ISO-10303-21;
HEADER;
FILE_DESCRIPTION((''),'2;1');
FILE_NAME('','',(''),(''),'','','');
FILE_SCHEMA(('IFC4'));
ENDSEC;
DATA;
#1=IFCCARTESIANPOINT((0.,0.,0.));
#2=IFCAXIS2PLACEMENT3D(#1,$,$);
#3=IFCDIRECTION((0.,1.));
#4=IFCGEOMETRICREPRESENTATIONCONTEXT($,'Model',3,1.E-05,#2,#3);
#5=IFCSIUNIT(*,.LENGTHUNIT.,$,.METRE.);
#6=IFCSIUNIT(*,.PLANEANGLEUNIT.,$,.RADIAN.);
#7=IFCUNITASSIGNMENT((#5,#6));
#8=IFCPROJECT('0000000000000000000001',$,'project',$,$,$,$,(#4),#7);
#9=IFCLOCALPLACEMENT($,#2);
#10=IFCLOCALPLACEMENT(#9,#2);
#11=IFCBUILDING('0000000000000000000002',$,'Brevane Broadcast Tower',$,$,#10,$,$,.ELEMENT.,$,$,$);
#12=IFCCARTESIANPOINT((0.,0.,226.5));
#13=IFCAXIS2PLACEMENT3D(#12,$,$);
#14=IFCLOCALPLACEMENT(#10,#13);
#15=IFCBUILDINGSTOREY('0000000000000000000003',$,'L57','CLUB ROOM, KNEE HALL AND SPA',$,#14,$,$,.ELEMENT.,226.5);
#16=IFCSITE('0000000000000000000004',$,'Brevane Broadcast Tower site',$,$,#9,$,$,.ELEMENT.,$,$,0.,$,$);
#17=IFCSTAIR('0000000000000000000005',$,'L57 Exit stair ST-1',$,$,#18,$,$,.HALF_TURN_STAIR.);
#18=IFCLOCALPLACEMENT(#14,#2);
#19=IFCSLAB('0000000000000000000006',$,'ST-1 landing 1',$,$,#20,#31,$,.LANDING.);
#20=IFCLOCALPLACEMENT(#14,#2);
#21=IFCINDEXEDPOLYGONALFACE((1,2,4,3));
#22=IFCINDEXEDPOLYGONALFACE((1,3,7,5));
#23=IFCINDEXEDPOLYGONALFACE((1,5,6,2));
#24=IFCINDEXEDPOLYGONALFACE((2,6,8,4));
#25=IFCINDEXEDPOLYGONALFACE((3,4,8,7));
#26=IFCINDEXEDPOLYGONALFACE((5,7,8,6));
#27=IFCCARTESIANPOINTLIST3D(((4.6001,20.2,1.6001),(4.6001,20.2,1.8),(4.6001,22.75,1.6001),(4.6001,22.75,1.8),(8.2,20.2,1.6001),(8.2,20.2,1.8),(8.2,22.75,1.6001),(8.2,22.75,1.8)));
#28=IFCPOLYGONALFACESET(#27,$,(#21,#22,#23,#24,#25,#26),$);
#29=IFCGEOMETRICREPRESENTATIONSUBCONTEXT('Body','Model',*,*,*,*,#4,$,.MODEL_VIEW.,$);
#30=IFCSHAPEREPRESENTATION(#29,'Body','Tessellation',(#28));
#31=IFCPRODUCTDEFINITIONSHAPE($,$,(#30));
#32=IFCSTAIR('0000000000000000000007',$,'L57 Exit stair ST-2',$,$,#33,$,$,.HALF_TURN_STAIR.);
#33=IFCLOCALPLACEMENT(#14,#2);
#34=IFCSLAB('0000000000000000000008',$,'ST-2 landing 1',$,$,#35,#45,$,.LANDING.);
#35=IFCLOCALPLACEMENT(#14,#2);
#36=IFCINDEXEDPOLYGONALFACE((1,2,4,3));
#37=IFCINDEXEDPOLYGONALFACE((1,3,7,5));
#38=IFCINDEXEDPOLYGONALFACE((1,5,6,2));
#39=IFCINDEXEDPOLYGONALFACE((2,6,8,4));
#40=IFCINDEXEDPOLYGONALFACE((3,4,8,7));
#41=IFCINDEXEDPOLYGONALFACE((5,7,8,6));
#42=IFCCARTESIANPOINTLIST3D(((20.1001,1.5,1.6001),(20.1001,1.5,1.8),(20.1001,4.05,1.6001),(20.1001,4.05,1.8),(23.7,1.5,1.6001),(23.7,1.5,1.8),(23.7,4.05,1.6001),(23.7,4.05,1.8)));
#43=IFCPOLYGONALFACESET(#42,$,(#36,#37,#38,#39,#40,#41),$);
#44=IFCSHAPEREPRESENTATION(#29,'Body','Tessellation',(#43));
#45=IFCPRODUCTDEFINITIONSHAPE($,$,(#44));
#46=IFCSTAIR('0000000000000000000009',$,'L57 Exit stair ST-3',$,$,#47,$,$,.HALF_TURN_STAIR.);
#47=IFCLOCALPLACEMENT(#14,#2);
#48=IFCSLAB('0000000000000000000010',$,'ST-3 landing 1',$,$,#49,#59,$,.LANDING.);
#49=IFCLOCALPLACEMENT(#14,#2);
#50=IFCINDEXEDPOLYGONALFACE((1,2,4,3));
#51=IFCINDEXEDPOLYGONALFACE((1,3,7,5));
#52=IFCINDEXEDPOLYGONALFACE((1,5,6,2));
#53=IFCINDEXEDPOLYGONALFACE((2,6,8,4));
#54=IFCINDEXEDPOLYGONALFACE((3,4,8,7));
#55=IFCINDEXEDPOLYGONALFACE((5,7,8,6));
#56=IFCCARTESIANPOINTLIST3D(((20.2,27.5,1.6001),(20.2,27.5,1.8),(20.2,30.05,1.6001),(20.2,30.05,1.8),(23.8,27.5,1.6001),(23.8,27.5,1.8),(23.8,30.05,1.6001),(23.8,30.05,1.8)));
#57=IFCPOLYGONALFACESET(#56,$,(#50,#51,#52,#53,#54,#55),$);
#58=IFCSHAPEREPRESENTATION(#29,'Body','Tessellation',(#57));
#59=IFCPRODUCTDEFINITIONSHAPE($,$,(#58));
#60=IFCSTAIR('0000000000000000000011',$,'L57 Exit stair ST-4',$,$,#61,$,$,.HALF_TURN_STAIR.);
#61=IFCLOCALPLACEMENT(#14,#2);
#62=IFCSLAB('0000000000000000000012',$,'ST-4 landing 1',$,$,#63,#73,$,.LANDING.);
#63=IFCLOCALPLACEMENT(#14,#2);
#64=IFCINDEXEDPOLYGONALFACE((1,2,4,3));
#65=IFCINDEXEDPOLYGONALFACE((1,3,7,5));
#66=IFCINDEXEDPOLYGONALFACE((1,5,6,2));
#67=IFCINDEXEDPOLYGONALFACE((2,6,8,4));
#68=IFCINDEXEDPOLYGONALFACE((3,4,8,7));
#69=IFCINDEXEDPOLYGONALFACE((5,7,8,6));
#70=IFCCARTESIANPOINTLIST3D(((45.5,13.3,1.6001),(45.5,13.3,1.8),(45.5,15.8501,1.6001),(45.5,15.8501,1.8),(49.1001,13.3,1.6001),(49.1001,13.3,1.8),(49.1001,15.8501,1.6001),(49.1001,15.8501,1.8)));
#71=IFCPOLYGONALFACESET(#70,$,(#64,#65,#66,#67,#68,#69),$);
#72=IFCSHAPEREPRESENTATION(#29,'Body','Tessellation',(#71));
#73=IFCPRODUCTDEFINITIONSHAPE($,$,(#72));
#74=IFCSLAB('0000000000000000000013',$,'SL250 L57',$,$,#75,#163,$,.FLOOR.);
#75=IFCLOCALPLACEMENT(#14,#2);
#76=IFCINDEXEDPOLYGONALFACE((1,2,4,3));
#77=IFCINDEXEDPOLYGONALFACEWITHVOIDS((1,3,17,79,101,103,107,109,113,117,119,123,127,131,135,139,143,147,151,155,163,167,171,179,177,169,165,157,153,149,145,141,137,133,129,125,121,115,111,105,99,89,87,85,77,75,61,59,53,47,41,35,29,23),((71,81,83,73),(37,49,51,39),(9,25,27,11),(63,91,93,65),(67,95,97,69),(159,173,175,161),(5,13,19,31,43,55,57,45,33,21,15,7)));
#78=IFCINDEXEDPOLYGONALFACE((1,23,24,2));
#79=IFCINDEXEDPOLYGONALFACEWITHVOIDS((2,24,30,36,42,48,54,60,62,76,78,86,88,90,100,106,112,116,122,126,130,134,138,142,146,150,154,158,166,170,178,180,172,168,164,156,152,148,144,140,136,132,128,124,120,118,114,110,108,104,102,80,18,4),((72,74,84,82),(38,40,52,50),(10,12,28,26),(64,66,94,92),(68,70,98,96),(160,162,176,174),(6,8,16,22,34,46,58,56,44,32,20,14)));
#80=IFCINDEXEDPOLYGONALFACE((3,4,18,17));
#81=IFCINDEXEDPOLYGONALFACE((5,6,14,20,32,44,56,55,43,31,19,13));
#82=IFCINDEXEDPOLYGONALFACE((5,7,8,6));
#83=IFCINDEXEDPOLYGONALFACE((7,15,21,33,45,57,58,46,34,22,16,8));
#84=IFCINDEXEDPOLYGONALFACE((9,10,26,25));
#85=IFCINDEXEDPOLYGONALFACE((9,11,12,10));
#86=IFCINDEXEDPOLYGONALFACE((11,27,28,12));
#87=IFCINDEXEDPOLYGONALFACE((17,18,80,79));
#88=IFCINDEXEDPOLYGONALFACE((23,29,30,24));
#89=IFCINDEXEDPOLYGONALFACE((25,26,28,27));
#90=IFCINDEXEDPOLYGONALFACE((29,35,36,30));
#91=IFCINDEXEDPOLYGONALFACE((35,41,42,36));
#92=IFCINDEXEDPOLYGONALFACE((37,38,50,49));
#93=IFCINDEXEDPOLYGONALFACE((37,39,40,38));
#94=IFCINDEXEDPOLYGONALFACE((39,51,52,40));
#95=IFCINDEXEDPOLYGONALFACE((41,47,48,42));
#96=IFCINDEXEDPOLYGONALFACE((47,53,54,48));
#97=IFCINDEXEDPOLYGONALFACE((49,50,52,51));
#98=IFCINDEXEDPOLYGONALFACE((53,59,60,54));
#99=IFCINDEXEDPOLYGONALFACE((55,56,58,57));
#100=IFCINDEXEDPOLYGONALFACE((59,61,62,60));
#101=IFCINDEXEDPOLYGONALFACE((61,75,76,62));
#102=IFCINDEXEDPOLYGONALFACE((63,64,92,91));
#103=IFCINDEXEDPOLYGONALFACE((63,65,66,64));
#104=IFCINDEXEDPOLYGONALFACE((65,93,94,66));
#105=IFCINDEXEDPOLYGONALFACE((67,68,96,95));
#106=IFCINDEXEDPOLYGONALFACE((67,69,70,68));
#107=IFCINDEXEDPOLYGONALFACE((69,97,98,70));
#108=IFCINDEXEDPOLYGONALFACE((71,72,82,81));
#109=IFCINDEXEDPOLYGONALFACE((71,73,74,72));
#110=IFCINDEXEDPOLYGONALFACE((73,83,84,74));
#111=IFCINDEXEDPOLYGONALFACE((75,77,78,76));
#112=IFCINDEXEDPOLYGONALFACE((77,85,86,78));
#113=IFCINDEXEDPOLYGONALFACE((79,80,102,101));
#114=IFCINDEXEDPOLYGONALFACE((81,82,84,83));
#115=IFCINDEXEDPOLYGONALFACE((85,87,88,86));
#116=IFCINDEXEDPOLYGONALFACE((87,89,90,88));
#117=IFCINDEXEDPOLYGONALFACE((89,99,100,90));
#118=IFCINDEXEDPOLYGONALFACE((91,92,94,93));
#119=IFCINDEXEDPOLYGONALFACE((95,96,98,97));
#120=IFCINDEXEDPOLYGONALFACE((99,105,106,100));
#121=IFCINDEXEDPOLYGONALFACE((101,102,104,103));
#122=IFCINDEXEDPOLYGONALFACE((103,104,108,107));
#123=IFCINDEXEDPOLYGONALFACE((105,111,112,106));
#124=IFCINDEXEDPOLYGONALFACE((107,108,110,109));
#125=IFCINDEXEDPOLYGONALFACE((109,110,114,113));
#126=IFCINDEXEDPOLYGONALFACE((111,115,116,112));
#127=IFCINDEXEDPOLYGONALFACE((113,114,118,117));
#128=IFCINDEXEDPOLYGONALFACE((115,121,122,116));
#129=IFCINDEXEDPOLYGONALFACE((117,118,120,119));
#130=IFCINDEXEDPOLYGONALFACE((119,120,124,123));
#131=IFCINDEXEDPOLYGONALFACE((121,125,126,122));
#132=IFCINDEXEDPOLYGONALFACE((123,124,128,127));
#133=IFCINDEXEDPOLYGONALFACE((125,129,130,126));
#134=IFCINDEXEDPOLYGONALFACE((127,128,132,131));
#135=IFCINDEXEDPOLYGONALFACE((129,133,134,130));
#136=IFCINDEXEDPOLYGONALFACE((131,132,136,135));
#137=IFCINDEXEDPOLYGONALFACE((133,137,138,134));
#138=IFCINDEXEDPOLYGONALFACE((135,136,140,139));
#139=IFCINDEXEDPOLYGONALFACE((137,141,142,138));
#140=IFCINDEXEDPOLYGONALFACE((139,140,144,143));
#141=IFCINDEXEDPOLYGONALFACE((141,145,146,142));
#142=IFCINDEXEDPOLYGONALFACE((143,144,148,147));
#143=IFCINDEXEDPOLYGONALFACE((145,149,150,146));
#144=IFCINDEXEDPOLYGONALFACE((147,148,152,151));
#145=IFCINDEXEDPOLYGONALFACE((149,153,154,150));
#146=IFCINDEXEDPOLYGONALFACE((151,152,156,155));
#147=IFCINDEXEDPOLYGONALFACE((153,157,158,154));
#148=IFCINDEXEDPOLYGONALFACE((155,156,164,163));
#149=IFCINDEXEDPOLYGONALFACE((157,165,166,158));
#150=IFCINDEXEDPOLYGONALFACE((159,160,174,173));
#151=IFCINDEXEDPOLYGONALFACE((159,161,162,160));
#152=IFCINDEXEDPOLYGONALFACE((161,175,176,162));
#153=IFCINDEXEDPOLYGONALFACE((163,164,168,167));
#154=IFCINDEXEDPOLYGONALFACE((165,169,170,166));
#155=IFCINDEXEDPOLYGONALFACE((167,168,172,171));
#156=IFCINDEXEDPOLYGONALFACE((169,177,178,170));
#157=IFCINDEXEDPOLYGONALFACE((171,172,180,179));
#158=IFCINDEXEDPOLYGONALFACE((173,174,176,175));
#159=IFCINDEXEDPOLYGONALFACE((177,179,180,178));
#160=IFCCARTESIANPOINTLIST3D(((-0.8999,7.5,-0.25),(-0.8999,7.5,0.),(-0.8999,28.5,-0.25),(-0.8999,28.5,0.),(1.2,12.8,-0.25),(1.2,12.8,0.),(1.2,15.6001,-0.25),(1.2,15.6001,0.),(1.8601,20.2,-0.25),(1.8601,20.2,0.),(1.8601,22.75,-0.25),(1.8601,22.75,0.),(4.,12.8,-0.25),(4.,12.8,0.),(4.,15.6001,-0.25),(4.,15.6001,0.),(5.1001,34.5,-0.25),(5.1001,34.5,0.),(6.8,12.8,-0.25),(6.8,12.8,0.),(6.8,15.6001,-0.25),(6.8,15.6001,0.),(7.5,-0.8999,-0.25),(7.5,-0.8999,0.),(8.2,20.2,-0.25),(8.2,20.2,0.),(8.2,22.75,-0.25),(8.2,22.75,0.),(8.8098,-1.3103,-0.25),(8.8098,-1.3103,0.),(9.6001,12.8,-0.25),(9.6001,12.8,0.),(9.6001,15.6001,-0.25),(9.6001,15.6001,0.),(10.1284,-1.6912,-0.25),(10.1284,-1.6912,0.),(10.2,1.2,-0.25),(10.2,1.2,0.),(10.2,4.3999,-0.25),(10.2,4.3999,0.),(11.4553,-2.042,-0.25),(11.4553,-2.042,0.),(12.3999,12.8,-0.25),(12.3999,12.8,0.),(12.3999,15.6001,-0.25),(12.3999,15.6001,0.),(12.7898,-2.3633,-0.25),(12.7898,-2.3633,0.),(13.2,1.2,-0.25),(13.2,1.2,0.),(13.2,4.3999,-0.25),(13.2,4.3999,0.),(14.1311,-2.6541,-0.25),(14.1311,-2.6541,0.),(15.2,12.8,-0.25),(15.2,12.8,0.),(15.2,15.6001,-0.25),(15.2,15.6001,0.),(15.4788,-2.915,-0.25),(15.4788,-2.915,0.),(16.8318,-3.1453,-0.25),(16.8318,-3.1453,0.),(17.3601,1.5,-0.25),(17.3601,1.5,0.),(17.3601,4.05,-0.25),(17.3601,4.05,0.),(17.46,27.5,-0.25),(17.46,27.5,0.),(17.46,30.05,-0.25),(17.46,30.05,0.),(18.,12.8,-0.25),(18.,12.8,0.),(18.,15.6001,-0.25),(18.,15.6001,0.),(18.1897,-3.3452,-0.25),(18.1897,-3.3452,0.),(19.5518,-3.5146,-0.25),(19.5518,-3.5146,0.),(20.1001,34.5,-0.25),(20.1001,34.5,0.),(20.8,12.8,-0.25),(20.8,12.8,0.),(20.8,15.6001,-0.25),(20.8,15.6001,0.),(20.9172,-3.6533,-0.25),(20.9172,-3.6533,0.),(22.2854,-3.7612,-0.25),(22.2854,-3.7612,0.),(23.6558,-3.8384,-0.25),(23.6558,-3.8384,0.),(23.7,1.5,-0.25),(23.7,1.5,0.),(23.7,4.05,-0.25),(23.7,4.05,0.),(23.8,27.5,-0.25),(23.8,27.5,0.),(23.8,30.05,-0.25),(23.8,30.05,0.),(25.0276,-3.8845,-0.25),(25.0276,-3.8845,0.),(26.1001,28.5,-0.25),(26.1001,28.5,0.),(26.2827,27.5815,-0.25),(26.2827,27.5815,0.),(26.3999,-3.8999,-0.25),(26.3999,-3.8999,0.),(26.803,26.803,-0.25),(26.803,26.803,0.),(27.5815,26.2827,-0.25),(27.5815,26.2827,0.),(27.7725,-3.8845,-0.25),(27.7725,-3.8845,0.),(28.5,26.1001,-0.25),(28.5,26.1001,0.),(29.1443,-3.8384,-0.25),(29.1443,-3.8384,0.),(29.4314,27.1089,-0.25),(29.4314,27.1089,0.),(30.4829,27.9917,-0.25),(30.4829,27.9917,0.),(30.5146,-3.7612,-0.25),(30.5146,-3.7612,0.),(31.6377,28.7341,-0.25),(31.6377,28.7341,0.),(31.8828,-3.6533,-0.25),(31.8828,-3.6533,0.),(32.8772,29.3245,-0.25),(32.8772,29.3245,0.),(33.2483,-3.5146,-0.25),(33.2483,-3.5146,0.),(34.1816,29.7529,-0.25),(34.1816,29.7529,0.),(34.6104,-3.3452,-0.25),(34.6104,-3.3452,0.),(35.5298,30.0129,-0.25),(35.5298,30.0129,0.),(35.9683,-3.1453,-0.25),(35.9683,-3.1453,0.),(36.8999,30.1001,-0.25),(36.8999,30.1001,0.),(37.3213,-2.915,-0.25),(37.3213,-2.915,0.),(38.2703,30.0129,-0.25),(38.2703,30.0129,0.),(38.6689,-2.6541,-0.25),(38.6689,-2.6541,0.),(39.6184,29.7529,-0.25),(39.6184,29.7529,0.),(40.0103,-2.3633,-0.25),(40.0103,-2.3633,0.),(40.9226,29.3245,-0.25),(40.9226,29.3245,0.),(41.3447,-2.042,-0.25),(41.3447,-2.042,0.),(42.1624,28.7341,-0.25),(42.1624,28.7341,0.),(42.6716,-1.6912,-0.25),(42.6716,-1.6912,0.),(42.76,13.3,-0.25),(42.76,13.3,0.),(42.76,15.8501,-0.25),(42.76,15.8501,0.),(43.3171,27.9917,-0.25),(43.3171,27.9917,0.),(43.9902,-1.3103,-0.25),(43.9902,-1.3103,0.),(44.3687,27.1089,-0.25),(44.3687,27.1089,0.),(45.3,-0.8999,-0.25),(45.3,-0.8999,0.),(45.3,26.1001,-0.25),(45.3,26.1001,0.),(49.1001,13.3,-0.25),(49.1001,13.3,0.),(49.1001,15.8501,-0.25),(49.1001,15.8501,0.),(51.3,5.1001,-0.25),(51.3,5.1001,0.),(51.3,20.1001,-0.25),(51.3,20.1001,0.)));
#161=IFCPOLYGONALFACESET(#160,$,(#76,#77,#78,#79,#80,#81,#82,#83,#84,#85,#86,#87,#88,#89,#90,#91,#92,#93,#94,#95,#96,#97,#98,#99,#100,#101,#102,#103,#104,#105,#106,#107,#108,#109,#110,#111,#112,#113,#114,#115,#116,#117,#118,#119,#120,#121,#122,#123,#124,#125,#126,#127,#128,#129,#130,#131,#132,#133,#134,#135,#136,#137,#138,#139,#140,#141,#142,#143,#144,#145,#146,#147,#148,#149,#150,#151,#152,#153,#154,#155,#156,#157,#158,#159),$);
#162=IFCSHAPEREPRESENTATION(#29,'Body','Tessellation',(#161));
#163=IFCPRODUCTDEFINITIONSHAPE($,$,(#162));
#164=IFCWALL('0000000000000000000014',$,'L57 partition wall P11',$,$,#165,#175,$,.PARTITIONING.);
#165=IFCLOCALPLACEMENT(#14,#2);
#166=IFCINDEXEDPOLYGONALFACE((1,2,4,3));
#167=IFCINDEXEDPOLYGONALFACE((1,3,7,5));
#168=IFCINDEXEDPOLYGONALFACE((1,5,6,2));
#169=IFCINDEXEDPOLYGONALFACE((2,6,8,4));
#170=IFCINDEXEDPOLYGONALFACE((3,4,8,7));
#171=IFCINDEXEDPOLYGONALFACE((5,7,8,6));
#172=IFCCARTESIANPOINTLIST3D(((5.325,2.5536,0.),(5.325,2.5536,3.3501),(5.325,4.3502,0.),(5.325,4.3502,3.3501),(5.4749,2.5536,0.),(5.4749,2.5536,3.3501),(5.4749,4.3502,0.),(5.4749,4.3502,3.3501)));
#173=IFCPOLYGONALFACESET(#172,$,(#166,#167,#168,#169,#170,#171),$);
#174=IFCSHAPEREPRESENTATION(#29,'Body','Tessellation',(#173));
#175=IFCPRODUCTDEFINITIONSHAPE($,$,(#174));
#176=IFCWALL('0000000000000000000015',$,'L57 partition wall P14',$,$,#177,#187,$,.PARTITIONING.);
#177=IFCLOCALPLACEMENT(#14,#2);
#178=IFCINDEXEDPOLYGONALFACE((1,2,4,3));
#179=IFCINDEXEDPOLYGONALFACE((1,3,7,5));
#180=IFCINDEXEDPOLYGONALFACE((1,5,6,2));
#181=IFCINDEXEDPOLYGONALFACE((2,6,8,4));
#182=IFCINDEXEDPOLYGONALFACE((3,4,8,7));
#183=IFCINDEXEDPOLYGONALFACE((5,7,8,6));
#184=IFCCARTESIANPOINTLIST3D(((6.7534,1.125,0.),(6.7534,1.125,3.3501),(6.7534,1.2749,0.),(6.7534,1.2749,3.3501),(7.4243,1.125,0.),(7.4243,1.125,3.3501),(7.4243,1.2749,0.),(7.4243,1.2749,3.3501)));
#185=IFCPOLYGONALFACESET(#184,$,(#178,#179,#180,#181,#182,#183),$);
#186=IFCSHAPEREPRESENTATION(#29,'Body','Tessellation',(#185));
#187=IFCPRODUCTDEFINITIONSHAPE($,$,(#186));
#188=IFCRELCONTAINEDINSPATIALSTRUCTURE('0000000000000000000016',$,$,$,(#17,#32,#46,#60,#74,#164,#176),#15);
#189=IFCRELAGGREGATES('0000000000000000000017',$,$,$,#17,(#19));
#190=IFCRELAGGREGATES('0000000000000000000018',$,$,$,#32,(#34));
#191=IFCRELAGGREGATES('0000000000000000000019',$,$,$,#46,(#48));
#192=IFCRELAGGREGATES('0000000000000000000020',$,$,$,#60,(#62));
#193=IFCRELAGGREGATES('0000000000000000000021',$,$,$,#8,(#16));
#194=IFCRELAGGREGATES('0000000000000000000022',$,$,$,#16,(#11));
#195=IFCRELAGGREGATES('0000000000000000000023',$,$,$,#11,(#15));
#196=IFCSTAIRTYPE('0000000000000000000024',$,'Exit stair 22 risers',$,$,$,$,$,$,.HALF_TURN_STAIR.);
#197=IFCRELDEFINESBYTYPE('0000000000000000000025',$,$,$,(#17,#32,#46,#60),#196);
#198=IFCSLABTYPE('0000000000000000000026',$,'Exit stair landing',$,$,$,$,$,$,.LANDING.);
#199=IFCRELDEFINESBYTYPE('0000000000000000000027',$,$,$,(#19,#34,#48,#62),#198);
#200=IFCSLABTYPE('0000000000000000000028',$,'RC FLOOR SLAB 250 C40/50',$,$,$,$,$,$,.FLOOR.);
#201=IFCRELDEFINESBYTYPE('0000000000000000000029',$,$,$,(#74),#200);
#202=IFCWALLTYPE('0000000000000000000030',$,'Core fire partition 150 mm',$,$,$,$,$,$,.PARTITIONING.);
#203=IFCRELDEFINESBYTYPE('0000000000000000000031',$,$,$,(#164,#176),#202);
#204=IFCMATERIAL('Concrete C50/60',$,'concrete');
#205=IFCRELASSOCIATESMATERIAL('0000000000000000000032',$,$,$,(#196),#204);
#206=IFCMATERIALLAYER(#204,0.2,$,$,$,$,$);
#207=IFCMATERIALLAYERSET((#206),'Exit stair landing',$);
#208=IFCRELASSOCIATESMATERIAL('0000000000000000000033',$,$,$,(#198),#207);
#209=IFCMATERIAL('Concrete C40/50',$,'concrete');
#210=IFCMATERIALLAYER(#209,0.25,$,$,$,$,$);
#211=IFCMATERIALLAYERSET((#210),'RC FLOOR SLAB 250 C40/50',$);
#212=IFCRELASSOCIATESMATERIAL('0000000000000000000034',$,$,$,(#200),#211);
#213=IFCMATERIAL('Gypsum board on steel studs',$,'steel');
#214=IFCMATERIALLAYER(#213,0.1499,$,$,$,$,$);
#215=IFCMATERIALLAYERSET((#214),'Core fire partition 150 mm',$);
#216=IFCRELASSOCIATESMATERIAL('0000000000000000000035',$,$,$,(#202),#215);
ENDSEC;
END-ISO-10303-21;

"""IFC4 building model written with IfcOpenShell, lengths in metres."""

from ifc_helpers import new_model, si_unit, direction, frame, frame_2d, origin, place, context, subcontext, project, spatial, polyline, rectangle, outline, extrude, material, layer, layer_set, type_object, element, aggregate, save


model = new_model("IFC4")

# Units and contexts
model_context = context("Model", 3, precision=1e-05, world=origin(), true_north=direction((0.0, 1.0)))
body_context = subcontext(model_context, "Body", "Model", "MODEL_VIEW")
ifc_project = project(units=[si_unit("LENGTHUNIT", "METRE"), si_unit("PLANEANGLEUNIT", "RADIAN")], contexts=[model_context])

# Site, building, storey
site_placement = place(None, origin())
site = spatial("IfcSite", under=ifc_project, at=site_placement, Name="Brevane Broadcast Tower site", CompositionType="ELEMENT", RefElevation=0.0)
building_placement = place(site_placement, origin())
building = spatial("IfcBuilding", under=site, at=building_placement, Name="Brevane Broadcast Tower", CompositionType="ELEMENT")
storey_placement = place(building_placement, frame((0.0, 0.0, 226.5)))
storey = spatial("IfcBuildingStorey", under=building, at=storey_placement, Name="L57", Description="CLUB ROOM, KNEE HALL AND SPA", CompositionType="ELEMENT", Elevation=226.5)

# Stairs, slabs
ifc_material_1 = material(Name="Concrete C50/60", Category="concrete")
stair_type = type_object("IfcStairType", Name="Exit stair 22 risers", PredefinedType="HALF_TURN_STAIR", material=ifc_material_1)
stair_1_placement = place(storey_placement, origin())
stair_1 = element("IfcStair", 1, at=stair_1_placement, inside=storey, type_object=stair_type, Name="L57 Exit stair ST-1", PredefinedType="HALF_TURN_STAIR")
ifc_layer_1 = layer(ifc_material_1, 0.2)
ifc_layer_set_1 = layer_set([ifc_layer_1], Name="Exit stair landing")
slab_type_1 = type_object("IfcSlabType", Name="Exit stair landing", PredefinedType="LANDING", material=ifc_layer_set_1)
slab_1_placement = place(storey_placement, frame((0.0, 0.0, 1.6001)))
slab_1 = element("IfcSlab", 2, at=slab_1_placement, type_object=slab_type_1, Name="ST-1 landing 1", PredefinedType="LANDING", context=body_context, shape_type="SweptSolid", body=[
    extrude(outline(polyline([(4.6001, 20.2), (8.2, 20.2), (8.2, 22.75), (4.6001, 22.75), (4.6001, 20.2)])), origin(), (0.0, 0.0, 1.0), 0.2),
])
aggregate(stair_1, [slab_1])
stair_2_placement = place(storey_placement, origin())
stair_2 = element("IfcStair", 3, at=stair_2_placement, inside=storey, type_object=stair_type, Name="L57 Exit stair ST-2", PredefinedType="HALF_TURN_STAIR")
slab_2_placement = place(storey_placement, frame((0.0, 0.0, 1.6001)))
slab_2 = element("IfcSlab", 4, at=slab_2_placement, type_object=slab_type_1, Name="ST-2 landing 1", PredefinedType="LANDING", context=body_context, shape_type="SweptSolid", body=[
    extrude(outline(polyline([(20.1001, 1.5), (23.7, 1.5), (23.7, 4.05), (20.1001, 4.05), (20.1001, 1.5)])), origin(), (0.0, 0.0, 1.0), 0.2),
])
aggregate(stair_2, [slab_2])
stair_3_placement = place(storey_placement, origin())
stair_3 = element("IfcStair", 5, at=stair_3_placement, inside=storey, type_object=stair_type, Name="L57 Exit stair ST-3", PredefinedType="HALF_TURN_STAIR")
slab_3_placement = place(storey_placement, frame((0.0, 0.0, 1.6001)))
slab_3 = element("IfcSlab", 6, at=slab_3_placement, type_object=slab_type_1, Name="ST-3 landing 1", PredefinedType="LANDING", context=body_context, shape_type="SweptSolid", body=[
    extrude(outline(polyline([(20.2, 27.5), (23.8, 27.5), (23.8, 30.05), (20.2, 30.05), (20.2, 27.5)])), origin(), (0.0, 0.0, 1.0), 0.2),
])
aggregate(stair_3, [slab_3])
stair_4_placement = place(storey_placement, origin())
stair_4 = element("IfcStair", 7, at=stair_4_placement, inside=storey, type_object=stair_type, Name="L57 Exit stair ST-4", PredefinedType="HALF_TURN_STAIR")
slab_4_placement = place(storey_placement, frame((0.0, 0.0, 1.6001)))
slab_4 = element("IfcSlab", 8, at=slab_4_placement, type_object=slab_type_1, Name="ST-4 landing 1", PredefinedType="LANDING", context=body_context, shape_type="SweptSolid", body=[
    extrude(outline(polyline([(45.5, 13.3), (49.1001, 13.3), (49.1001, 15.8501), (45.5, 15.8501), (45.5, 13.3)])), origin(), (0.0, 0.0, 1.0), 0.2),
])
aggregate(stair_4, [slab_4])

# Slab
ifc_material_2 = material(Name="Concrete C40/50", Category="concrete")
ifc_layer_2 = layer(ifc_material_2, 0.25)
ifc_layer_set_2 = layer_set([ifc_layer_2], Name="RC FLOOR SLAB 250 C40/50")
slab_type_2 = type_object("IfcSlabType", Name="RC FLOOR SLAB 250 C40/50", PredefinedType="FLOOR", material=ifc_layer_set_2)
slab_5_placement = place(storey_placement, frame((0.0, 0.0, -0.25)))
element("IfcSlab", 9, at=slab_5_placement, inside=storey, type_object=slab_type_2, Name="SL250 L57", PredefinedType="FLOOR", context=body_context, shape_type="SweptSolid", body=[
    extrude(outline(polyline([(-0.8999, 7.5), (-0.8999, 28.5), (5.1001, 34.5), (20.1001, 34.5), (26.1001, 28.5), (26.2827, 27.5815), (26.803, 26.803), (27.5815, 26.2827), (28.5, 26.1001), (29.4314, 27.1089), (30.4829, 27.9917), (31.6377, 28.7341), (32.8772, 29.3245), (34.1816, 29.7529), (35.5298, 30.0129), (36.8999, 30.1001), (38.2703, 30.0129), (39.6184, 29.7529), (40.9226, 29.3245), (42.1624, 28.7341), (43.3171, 27.9917), (44.3687, 27.1089), (45.3, 26.1001), (51.3, 20.1001), (51.3, 5.1001), (45.3, -0.8999), (43.9902, -1.3103), (42.6716, -1.6912), (41.3447, -2.042), (40.0103, -2.3633), (38.6689, -2.6541), (37.3213, -2.915), (35.9683, -3.1453), (34.6104, -3.3452), (33.2483, -3.5146), (31.8828, -3.6533), (30.5146, -3.7612), (29.1443, -3.8384), (27.7725, -3.8845), (26.3999, -3.8999), (25.0276, -3.8845), (23.6558, -3.8384), (22.2854, -3.7612), (20.9172, -3.6533), (19.5518, -3.5146), (18.1897, -3.3452), (16.8318, -3.1453), (15.4788, -2.915), (14.1311, -2.6541), (12.7898, -2.3633), (11.4553, -2.042), (10.1284, -1.6912), (8.8098, -1.3103), (7.5, -0.8999), (-0.8999, 7.5)]), holes=[polyline([(13.2, 4.3999), (10.2, 4.3999), (10.2, 1.2), (13.2, 1.2), (13.2, 4.3999)]), polyline([(4.0, 15.6001), (1.2, 15.6001), (1.2, 12.8), (4.0, 12.8), (6.8, 12.8), (9.6001, 12.8), (12.3999, 12.8), (15.2, 12.8), (15.2, 15.6001), (12.3999, 15.6001), (9.6001, 15.6001), (6.8, 15.6001), (4.0, 15.6001)]), polyline([(1.8601, 22.75), (1.8601, 20.2), (8.2, 20.2), (8.2, 22.75), (1.8601, 22.75)]), polyline([(23.7, 4.05), (17.3601, 4.05), (17.3601, 1.5), (23.7, 1.5), (23.7, 4.05)]), polyline([(20.8, 15.6001), (18.0, 15.6001), (18.0, 12.8), (20.8, 12.8), (20.8, 15.6001)]), polyline([(49.1001, 15.8501), (42.76, 15.8501), (42.76, 13.3), (49.1001, 13.3), (49.1001, 15.8501)]), polyline([(23.8, 30.05), (17.46, 30.05), (17.46, 27.5), (23.8, 27.5), (23.8, 30.05)])]), origin(), (0.0, 0.0, 1.0), 0.25),
])

# Walls
ifc_material_3 = material(Name="Gypsum board on steel studs", Category="steel")
ifc_layer_3 = layer(ifc_material_3, 0.1499)
ifc_layer_set_3 = layer_set([ifc_layer_3], Name="Core fire partition 150 mm")
wall_type = type_object("IfcWallType", Name="Core fire partition 150 mm", PredefinedType="PARTITIONING", material=ifc_layer_set_3)
wall_1_placement = place(storey_placement, frame((5.3999, 2.5535, 0.0), z_axis=(0.0, 0.0, 1.0), x_axis=(0.0, 1.0, 0.0)))
element("IfcWall", 10, at=wall_1_placement, inside=storey, type_object=wall_type, Name="L57 partition wall P11", PredefinedType="PARTITIONING", context=body_context, shape_type="SweptSolid", body=[
    extrude(rectangle(XDim=1.7966, YDim=0.1499, at=frame_2d((0.8984, 0.0))), origin(), (0.0, 0.0, 1.0), 3.3501),
])
wall_2_placement = place(storey_placement, frame((7.4243, 1.2, 0.0), z_axis=(0.0, 0.0, 1.0), x_axis=(-1.0, 0.0, 0.0)))
element("IfcWall", 11, at=wall_2_placement, inside=storey, type_object=wall_type, Name="L57 partition wall P14", PredefinedType="PARTITIONING", context=body_context, shape_type="SweptSolid", body=[
    extrude(rectangle(XDim=0.6709, YDim=0.1499, at=frame_2d((0.3354, 0.0))), origin(), (0.0, 0.0, 1.0), 3.3501),
])

save(model, "model.ifc")
